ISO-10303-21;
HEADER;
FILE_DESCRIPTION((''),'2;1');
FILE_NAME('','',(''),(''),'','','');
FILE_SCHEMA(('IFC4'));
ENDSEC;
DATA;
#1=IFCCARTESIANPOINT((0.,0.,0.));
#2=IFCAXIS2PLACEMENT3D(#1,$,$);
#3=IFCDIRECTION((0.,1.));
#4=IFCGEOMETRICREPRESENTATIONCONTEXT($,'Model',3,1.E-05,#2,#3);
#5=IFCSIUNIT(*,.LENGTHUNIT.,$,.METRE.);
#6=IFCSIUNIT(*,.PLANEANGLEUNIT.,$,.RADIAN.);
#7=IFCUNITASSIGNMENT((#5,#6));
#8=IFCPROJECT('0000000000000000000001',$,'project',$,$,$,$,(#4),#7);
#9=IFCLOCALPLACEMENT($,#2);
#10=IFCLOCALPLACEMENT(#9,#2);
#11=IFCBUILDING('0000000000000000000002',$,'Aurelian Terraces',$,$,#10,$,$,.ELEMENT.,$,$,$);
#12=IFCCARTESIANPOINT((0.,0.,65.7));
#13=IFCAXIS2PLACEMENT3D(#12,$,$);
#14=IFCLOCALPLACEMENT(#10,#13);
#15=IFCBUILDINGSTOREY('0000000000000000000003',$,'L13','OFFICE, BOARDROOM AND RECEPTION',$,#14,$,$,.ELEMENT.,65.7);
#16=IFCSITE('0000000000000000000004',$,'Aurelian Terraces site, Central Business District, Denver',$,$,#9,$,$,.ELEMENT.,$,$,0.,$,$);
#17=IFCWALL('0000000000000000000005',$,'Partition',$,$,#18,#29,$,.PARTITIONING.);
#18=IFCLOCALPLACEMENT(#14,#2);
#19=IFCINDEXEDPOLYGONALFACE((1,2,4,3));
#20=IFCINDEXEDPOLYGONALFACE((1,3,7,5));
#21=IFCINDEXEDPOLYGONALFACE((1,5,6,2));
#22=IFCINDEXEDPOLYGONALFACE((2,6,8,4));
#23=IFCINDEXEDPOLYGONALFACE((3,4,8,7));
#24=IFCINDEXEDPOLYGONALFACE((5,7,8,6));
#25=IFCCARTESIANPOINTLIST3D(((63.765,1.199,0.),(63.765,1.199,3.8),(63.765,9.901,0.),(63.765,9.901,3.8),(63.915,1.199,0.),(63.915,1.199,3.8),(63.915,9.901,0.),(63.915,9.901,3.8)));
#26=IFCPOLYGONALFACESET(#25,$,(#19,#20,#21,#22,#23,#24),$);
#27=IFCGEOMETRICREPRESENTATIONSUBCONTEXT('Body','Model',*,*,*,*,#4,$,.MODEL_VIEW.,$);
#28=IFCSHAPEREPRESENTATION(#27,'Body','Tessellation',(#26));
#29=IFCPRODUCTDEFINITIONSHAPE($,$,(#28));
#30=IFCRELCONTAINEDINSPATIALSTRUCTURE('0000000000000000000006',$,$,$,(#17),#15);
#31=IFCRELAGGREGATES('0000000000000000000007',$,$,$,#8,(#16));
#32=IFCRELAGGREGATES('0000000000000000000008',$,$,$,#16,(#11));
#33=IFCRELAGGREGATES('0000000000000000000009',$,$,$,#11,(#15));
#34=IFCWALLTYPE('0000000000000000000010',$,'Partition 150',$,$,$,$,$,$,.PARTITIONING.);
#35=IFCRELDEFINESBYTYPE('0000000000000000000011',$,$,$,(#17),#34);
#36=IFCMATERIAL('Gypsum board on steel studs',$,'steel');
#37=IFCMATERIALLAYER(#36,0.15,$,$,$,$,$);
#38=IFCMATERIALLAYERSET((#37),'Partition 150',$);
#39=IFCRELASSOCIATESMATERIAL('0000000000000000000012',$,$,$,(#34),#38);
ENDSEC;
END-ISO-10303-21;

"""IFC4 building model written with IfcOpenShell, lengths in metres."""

from ifc_helpers import new_model, si_unit, direction, frame, frame_2d, origin, place, context, subcontext, project, spatial, rectangle, extrude, source, transform, mapped, material, layer, layer_set, type_object, element, save


model = new_model("IFC4")

# Units and contexts
model_context = context("Model", 3, precision=1e-05, world=origin(), true_north=direction((0.0, 1.0)))
body_context = subcontext(model_context, "Body", "Model", "MODEL_VIEW")
ifc_project = project(units=[si_unit("LENGTHUNIT", "METRE"), si_unit("PLANEANGLEUNIT", "RADIAN")], contexts=[model_context])

# Site, building, storey
site_placement = place(None, origin())
site = spatial("IfcSite", under=ifc_project, at=site_placement, Name="Aurelian Terraces site, Central Business District, Denver", CompositionType="ELEMENT", RefElevation=0.0)
building_placement = place(site_placement, origin())
building = spatial("IfcBuilding", under=site, at=building_placement, Name="Aurelian Terraces", CompositionType="ELEMENT")
storey_placement = place(building_placement, frame((0.0, 0.0, 65.7)))
storey = spatial("IfcBuildingStorey", under=building, at=storey_placement, Name="L13", Description="OFFICE, BOARDROOM AND RECEPTION", CompositionType="ELEMENT", Elevation=65.7)

# Wall
ifc_material_1 = material(Name="Gypsum board on steel studs", Category="steel")
ifc_layer_1 = layer(ifc_material_1, 0.15)
ifc_layer_set_1 = layer_set([ifc_layer_1], Name="Partition 150")
wall_type_1 = type_object("IfcWallType", Name="Partition 150", PredefinedType="PARTITIONING", material=ifc_layer_set_1)
shared_shape_1 = source(origin(), body_context, "Body", "SweptSolid", [
    extrude(rectangle(XDim=8.702, YDim=0.15, at=frame_2d((4.351, 0.0))), origin(), (0.0, 0.0, 1.0), 3.8),
])
wall_1_placement = place(storey_placement, frame((63.84, 1.199, 0.0), z_axis=(0.0, 0.0, 1.0), x_axis=(0.0, 1.0, 0.0)))
element("IfcWall", 1, at=wall_1_placement, inside=storey, type_object=wall_type_1, Name="Partition", PredefinedType="PARTITIONING", context=body_context, shape_type="MappedRepresentation", body=[
    mapped(shared_shape_1, transform((0.0, 0.0, 0.0), scale=1.0)),
])

save(model, "model.ifc")
